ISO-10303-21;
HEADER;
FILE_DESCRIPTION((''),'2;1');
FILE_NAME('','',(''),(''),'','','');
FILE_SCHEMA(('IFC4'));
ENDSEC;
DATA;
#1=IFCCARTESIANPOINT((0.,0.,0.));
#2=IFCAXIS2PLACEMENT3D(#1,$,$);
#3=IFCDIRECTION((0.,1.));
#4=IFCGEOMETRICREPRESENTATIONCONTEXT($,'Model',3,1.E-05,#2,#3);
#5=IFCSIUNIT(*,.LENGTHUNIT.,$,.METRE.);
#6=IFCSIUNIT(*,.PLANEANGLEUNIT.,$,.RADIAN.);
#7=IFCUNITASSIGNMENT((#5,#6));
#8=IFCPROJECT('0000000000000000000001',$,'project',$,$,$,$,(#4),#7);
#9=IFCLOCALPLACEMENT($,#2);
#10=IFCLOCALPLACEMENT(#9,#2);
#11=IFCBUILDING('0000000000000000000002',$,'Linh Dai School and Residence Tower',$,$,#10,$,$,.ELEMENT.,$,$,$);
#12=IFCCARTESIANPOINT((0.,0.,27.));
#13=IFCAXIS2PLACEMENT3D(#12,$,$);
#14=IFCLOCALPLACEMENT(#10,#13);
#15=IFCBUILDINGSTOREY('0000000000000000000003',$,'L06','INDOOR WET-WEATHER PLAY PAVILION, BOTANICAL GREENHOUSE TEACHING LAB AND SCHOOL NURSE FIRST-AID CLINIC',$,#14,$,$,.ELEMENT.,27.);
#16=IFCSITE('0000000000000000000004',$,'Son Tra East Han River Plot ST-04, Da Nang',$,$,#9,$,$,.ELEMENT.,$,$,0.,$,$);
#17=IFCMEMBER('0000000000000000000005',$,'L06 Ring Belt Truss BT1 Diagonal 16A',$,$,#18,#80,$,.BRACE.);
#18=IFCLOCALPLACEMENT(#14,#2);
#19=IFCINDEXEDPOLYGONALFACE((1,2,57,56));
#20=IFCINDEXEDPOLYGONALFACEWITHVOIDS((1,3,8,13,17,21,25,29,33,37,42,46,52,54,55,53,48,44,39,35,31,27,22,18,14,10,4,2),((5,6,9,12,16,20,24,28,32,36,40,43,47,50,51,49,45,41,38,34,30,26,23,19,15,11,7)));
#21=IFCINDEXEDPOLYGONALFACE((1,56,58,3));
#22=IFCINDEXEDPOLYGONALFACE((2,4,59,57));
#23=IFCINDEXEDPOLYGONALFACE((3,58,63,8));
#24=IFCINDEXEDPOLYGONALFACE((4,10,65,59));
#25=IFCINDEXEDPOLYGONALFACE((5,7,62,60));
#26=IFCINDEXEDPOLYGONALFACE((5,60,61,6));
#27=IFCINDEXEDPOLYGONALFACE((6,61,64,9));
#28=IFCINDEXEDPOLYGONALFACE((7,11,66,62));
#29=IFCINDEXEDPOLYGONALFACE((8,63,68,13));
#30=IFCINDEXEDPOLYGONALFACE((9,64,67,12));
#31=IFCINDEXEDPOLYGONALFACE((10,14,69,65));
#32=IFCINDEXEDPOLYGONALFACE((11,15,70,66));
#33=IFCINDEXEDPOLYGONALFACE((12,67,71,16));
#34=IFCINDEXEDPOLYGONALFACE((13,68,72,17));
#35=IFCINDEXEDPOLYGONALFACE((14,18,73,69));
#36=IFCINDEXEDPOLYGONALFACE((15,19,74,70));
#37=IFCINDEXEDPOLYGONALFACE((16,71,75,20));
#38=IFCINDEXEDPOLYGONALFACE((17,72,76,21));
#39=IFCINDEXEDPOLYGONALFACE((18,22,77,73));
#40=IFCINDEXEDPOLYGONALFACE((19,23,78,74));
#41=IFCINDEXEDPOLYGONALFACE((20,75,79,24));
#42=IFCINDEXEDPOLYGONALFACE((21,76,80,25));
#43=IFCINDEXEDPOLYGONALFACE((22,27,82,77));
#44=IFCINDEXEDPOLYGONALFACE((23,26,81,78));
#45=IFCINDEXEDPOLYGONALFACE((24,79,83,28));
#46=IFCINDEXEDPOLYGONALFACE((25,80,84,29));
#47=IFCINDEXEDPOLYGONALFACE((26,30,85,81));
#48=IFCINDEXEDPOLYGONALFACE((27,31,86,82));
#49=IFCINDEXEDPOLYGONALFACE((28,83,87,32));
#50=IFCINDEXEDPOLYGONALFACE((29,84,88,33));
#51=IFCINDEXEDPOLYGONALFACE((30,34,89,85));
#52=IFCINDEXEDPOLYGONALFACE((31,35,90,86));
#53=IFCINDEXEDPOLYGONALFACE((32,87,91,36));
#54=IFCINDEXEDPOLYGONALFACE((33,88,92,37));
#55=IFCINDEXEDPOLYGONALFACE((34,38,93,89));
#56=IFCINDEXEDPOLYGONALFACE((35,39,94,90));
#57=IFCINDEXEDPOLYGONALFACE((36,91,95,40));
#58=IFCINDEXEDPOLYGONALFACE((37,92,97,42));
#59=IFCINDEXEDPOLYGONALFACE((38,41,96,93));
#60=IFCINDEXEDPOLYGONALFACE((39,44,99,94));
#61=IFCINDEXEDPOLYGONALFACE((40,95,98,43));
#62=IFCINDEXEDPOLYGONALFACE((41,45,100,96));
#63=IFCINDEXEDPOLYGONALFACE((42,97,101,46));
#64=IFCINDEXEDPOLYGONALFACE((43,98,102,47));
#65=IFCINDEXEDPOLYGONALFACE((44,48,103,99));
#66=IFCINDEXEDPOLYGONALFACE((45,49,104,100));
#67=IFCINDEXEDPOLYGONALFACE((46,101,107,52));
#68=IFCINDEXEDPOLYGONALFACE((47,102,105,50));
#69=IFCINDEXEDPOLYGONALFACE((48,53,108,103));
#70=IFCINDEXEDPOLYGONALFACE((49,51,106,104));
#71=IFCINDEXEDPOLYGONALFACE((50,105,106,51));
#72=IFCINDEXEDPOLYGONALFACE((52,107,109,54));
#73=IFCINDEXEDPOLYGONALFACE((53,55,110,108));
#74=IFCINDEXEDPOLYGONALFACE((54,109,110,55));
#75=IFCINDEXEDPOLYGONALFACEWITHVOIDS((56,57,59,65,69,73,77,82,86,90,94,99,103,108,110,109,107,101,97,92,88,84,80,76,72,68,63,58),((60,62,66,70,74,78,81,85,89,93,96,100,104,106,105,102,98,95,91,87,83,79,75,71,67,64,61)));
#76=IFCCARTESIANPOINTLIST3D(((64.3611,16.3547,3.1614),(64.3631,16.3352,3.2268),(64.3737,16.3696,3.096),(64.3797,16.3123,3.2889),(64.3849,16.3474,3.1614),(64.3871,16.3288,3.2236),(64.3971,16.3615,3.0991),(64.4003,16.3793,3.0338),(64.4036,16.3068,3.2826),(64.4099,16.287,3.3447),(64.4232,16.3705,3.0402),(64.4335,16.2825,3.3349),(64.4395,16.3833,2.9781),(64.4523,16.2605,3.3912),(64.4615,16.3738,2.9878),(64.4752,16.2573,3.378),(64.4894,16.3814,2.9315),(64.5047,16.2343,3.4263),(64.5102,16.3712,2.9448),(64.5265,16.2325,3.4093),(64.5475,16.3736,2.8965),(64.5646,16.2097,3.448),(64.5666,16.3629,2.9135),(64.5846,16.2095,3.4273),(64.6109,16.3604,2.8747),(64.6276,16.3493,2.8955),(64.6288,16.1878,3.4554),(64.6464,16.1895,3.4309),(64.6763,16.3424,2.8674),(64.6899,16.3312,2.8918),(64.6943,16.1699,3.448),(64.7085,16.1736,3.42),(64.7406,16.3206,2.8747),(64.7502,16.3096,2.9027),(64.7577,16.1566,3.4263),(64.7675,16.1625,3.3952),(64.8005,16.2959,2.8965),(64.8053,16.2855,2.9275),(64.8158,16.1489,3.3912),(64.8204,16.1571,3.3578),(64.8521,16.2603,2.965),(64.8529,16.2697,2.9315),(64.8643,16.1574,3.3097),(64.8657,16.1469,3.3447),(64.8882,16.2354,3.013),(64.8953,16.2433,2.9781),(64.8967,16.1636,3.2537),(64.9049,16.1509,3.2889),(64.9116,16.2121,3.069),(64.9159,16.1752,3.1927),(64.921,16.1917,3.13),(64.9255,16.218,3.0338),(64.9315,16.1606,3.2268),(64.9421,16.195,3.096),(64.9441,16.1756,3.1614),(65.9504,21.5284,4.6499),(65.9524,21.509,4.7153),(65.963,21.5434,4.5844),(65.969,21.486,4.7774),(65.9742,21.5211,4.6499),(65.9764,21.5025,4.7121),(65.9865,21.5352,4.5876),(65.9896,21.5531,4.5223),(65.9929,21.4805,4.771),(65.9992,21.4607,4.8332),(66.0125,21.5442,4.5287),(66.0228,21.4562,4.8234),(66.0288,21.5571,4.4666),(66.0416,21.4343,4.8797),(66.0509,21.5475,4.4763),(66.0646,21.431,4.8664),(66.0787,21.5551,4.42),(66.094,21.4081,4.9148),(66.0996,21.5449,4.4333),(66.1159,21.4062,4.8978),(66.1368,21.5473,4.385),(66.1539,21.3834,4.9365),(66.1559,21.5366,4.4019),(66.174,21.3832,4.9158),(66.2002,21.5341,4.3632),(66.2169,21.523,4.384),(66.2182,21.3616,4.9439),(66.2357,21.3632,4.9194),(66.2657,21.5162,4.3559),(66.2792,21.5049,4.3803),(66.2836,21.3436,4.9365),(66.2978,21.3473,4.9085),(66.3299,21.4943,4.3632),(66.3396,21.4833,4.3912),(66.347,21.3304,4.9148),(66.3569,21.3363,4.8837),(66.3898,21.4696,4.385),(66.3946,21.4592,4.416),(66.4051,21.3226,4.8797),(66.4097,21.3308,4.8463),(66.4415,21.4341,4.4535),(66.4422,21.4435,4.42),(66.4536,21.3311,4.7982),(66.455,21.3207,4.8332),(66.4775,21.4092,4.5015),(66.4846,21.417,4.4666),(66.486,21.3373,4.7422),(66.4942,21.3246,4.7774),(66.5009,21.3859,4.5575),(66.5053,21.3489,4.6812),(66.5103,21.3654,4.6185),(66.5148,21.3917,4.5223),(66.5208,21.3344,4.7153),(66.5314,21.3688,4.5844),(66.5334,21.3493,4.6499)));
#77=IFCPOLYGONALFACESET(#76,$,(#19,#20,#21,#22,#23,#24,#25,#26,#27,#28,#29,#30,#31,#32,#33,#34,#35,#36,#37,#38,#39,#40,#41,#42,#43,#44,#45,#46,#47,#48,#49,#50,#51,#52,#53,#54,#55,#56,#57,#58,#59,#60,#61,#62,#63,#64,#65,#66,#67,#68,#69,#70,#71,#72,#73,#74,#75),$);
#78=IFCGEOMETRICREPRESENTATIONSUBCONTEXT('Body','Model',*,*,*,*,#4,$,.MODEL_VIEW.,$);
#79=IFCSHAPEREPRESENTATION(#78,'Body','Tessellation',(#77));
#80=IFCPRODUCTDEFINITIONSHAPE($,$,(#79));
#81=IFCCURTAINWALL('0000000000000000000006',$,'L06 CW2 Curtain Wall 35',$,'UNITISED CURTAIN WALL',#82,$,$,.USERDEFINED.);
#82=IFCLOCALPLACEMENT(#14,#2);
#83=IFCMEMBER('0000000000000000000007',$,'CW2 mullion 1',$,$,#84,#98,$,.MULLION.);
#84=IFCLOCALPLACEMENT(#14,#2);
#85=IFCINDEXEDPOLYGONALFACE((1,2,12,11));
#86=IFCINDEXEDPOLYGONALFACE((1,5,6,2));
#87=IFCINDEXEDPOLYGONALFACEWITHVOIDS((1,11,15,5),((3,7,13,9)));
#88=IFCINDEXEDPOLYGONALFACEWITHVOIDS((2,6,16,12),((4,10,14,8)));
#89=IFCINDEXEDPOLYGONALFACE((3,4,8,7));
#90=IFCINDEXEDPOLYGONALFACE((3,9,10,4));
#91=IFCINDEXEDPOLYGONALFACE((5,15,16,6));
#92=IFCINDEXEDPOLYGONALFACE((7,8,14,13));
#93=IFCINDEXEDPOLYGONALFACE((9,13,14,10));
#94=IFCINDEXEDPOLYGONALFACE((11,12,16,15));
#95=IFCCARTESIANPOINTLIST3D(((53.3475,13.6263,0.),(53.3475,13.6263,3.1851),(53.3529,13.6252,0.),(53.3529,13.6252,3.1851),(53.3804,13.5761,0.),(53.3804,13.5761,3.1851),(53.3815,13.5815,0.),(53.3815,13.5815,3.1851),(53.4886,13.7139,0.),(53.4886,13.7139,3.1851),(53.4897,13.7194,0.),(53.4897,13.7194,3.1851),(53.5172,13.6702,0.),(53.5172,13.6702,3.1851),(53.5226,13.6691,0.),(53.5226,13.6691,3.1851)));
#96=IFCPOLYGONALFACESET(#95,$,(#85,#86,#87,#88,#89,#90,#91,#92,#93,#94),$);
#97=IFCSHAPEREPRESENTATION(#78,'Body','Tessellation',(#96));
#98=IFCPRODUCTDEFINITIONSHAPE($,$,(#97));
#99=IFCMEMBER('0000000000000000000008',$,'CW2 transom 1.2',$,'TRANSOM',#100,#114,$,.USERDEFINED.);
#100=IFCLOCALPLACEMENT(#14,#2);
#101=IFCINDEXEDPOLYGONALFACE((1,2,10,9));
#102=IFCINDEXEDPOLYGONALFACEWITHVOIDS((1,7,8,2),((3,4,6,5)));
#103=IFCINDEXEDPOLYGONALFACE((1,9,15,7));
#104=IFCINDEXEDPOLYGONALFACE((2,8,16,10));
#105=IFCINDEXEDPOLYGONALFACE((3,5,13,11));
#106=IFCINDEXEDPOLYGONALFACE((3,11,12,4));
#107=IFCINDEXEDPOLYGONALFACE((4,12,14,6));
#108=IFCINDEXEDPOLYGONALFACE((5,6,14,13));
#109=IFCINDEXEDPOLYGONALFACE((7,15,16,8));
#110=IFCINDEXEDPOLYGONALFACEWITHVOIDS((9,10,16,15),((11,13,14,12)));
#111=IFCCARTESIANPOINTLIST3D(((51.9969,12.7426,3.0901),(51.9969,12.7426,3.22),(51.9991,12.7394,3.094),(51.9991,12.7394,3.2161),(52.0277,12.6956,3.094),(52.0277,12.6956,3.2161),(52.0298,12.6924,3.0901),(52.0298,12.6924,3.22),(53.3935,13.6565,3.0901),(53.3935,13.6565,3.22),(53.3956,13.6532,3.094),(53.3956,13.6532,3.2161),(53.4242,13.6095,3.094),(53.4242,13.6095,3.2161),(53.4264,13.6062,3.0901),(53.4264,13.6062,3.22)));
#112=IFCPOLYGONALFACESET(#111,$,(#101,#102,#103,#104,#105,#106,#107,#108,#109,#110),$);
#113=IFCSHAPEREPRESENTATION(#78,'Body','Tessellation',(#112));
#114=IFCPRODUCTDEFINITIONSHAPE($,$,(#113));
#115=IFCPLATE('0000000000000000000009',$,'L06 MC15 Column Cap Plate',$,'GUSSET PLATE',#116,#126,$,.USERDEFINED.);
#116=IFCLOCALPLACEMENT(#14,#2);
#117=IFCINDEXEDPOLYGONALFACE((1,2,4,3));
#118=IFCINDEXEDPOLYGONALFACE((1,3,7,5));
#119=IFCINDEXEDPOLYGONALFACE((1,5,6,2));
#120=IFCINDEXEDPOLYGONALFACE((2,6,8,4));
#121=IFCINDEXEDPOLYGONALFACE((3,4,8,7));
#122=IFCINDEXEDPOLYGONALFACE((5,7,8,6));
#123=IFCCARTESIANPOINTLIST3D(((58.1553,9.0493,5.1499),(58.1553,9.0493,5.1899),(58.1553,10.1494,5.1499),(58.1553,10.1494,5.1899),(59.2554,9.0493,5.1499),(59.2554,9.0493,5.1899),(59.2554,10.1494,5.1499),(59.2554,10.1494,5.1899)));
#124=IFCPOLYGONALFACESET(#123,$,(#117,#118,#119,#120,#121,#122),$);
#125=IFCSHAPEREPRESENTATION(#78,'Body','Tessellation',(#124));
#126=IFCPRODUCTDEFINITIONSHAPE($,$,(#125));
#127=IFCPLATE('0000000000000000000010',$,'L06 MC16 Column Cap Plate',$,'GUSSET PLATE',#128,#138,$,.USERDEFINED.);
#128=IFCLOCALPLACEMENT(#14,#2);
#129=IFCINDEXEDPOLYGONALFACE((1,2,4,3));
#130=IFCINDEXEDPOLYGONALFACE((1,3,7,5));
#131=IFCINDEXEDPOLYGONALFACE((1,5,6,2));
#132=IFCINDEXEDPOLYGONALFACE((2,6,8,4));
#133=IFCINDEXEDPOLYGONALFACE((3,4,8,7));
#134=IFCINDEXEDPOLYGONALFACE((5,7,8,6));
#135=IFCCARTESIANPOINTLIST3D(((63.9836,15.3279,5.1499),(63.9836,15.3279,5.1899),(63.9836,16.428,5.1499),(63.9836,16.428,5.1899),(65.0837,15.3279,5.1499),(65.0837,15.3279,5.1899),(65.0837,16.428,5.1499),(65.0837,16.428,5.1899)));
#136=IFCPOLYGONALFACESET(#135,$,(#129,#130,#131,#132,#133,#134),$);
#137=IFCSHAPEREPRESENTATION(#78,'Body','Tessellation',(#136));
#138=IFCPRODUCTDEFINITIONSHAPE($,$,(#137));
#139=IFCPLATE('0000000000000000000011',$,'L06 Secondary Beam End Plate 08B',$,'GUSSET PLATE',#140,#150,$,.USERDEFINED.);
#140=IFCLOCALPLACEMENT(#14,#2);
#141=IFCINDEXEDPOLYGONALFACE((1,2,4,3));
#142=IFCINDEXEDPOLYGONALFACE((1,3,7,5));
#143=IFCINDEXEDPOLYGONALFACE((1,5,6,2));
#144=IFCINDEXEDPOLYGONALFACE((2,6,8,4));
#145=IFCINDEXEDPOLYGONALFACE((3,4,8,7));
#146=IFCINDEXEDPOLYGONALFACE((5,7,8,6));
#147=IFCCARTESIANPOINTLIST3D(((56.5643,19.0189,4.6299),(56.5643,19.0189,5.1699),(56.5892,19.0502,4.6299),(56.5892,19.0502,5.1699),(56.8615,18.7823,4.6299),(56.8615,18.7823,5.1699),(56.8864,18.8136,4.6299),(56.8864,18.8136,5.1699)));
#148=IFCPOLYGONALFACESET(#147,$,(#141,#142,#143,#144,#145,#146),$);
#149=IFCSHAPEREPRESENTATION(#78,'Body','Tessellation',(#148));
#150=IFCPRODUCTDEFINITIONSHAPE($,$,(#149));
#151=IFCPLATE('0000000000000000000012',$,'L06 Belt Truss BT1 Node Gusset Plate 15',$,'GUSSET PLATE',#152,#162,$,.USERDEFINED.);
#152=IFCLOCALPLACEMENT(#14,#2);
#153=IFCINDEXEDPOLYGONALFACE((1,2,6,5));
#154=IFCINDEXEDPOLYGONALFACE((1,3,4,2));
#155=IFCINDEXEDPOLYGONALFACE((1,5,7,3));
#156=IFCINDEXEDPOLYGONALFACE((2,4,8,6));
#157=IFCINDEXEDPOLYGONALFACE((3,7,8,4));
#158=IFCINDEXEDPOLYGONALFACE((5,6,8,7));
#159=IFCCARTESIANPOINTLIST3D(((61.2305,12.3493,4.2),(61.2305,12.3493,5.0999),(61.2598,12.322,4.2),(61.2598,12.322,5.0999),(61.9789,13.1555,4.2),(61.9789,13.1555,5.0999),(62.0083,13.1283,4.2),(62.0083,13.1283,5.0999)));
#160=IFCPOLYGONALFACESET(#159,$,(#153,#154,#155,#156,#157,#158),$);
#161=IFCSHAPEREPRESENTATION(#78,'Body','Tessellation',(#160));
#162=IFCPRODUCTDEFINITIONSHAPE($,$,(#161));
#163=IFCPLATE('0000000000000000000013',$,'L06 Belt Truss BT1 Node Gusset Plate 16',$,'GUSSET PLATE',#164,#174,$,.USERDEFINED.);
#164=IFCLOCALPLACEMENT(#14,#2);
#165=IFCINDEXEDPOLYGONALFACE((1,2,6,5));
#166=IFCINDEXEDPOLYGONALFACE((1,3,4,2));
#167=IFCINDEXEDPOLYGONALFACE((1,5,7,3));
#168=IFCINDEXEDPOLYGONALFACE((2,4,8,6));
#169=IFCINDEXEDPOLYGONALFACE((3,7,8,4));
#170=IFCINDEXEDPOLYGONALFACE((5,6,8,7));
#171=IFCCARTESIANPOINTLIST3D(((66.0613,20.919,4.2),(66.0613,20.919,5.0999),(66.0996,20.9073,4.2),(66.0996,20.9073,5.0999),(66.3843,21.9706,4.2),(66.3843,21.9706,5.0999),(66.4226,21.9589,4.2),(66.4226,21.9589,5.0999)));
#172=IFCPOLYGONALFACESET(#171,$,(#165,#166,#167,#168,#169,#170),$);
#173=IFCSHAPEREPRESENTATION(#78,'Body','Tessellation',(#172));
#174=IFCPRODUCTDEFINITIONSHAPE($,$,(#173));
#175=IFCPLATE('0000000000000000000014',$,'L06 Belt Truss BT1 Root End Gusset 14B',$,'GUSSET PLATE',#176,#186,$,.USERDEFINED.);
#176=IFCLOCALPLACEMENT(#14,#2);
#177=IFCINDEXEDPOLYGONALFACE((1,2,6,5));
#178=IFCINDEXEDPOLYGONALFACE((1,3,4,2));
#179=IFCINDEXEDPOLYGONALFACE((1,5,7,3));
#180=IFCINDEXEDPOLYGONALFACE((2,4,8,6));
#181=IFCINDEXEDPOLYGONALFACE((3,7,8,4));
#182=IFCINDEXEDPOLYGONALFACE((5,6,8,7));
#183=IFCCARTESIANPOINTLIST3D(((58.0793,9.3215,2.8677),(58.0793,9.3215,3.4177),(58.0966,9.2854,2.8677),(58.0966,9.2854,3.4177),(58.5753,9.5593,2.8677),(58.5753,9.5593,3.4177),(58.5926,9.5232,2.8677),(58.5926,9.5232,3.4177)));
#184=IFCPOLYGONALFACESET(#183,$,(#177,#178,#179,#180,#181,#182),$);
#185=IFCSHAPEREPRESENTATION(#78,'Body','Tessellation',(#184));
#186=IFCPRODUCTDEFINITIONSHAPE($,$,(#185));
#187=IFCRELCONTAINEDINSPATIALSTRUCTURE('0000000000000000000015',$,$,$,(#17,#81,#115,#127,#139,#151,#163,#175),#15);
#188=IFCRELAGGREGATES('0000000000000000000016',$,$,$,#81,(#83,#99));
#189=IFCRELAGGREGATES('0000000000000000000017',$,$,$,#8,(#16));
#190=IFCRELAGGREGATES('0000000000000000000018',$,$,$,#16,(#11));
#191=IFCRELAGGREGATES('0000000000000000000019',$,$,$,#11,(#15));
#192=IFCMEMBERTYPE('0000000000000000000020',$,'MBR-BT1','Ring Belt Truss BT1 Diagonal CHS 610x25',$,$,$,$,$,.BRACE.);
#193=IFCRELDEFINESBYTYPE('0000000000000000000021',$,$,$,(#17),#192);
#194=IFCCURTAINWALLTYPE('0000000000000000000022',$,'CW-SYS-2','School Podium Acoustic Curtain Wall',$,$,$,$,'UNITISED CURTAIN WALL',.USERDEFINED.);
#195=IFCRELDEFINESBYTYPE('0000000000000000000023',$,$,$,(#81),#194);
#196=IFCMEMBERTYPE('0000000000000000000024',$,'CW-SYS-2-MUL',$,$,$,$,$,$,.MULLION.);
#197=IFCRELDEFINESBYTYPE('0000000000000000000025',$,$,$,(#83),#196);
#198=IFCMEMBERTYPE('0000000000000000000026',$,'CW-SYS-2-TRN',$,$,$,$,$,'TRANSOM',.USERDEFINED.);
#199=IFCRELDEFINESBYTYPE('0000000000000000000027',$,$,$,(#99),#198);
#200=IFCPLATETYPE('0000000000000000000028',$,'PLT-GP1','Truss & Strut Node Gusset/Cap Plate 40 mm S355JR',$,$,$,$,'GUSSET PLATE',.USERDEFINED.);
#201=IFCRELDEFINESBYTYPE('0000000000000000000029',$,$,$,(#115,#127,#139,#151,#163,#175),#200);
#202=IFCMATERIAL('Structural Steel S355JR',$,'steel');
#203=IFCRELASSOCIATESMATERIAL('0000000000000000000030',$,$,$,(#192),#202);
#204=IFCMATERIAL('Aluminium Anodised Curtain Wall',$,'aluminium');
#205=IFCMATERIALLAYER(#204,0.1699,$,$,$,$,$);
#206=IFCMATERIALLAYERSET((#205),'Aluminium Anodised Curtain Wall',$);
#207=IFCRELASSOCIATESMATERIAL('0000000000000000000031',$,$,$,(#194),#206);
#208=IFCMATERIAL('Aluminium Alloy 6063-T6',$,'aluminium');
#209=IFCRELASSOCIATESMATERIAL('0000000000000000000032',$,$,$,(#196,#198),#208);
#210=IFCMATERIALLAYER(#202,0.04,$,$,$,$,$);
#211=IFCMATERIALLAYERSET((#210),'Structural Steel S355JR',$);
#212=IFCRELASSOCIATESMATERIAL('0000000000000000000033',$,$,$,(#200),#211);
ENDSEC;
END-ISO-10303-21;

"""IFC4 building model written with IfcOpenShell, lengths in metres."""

from ifc_helpers import new_model, si_unit, direction, frame, origin, origin_2d, place, context, subcontext, project, spatial, rectangle, hollow_rectangle, hollow_circle, extrude, source, transform, mapped, material, layer, layer_set, material_profile, profile_set, type_object, element, aggregate, save


model = new_model("IFC4")

# Units and contexts
model_context = context("Model", 3, precision=1e-05, world=origin(), true_north=direction((0.0, 1.0)))
body_context = subcontext(model_context, "Body", "Model", "MODEL_VIEW")
ifc_project = project(units=[si_unit("LENGTHUNIT", "METRE"), si_unit("PLANEANGLEUNIT", "RADIAN")], contexts=[model_context])

# Site, building, storey
site_placement = place(None, origin())
site = spatial("IfcSite", under=ifc_project, at=site_placement, Name="Son Tra East Han River Plot ST-04, Da Nang", CompositionType="ELEMENT", RefElevation=0.0)
building_placement = place(site_placement, origin())
building = spatial("IfcBuilding", under=site, at=building_placement, Name="Linh Dai School and Residence Tower", CompositionType="ELEMENT")
storey_placement = place(building_placement, frame((0.0, 0.0, 27.0)))
storey = spatial("IfcBuildingStorey", under=building, at=storey_placement, Name="L06", Description="INDOOR WET-WEATHER PLAY PAVILION, BOTANICAL GREENHOUSE TEACHING LAB AND SCHOOL NURSE FIRST-AID CLINIC", CompositionType="ELEMENT", Elevation=27.0)

# Shared definitions
ifc_material_1 = material(Name="Structural Steel S355JR", Category="steel")

# Member
ifc_material_profile_1 = material_profile(ifc_material_1, hollow_circle(Radius=0.3049, WallThickness=0.0249, at=origin_2d()), Name="CHS 610x25")
ifc_profile_set_1 = profile_set([ifc_material_profile_1], Name="Structural Steel S355JR")
member_type_1 = type_object("IfcMemberType", Name="MBR-BT1", Description="Ring Belt Truss BT1 Diagonal CHS 610x25", PredefinedType="BRACE", material=ifc_profile_set_1)
member_1_placement = place(storey_placement, frame((64.6526, 16.2651, 3.1614), z_axis=(0.283136, 0.921692, 0.265174), x_axis=(-0.955913, 0.293648, 0.0)))
element("IfcMember", 1, at=member_1_placement, inside=storey, type_object=member_type_1, Name="L06 Ring Belt Truss BT1 Diagonal 16A", PredefinedType="BRACE", context=body_context, shape_type="SweptSolid", body=[
    extrude(hollow_circle(Radius=0.3049, WallThickness=0.0249, at=origin_2d()), origin(), (0.0, 0.0, 1.0), 5.6133),
])

# Curtain wall, members
ifc_material_2 = material(Name="Aluminium Anodised Curtain Wall", Category="aluminium")
ifc_layer_1 = layer(ifc_material_2, 0.1699)
ifc_layer_set_1 = layer_set([ifc_layer_1], Name="Aluminium Anodised Curtain Wall")
curtain_wall_type = type_object("IfcCurtainWallType", Name="CW-SYS-2", Description="School Podium Acoustic Curtain Wall", ElementType="UNITISED CURTAIN WALL", PredefinedType="USERDEFINED", material=ifc_layer_set_1)
curtain_wall_placement = place(storey_placement, origin())
curtain_wall = element("IfcCurtainWall", 2, at=curtain_wall_placement, inside=storey, type_object=curtain_wall_type, Name="L06 CW2 Curtain Wall 35", ObjectType="UNITISED CURTAIN WALL", PredefinedType="USERDEFINED")
ifc_material_3 = material(Name="Aluminium Alloy 6063-T6", Category="aluminium")
ifc_material_profile_2 = material_profile(ifc_material_3, hollow_rectangle(XDim=0.0601, YDim=0.1699, WallThickness=0.0039, at=origin_2d()), Name="RHS 170x60x4")
ifc_profile_set_2 = profile_set([ifc_material_profile_2], Name="Aluminium Alloy 6063-T6")
member_type_2 = type_object("IfcMemberType", Name="CW-SYS-2-MUL", PredefinedType="MULLION", material=ifc_profile_set_2)
shared_shape_1 = source(origin(), body_context, "Body", "SweptSolid", [
    extrude(hollow_rectangle(XDim=0.0601, YDim=0.1699, WallThickness=0.0039, at=origin_2d()), origin(), (0.0, 0.0, 1.0), 3.1851),
])
member_2_placement = place(storey_placement, frame((53.4351, 13.6477, 0.0), z_axis=(0.0, 0.0, 1.0), x_axis=(0.54753, -0.836786, 0.0)))
member_2 = element("IfcMember", 3, at=member_2_placement, type_object=member_type_2, Name="CW2 mullion 1", PredefinedType="MULLION", context=body_context, shape_type="MappedRepresentation", body=[
    mapped(shared_shape_1, transform((0.0, 0.0, 0.0), x_axis=(1.0, 0.0, 0.0), y_axis=(0.0, 1.0, 0.0), z_axis=(0.0, 0.0, 1.0), scale=1.0)),
])
ifc_material_profile_3 = material_profile(ifc_material_3, hollow_rectangle(XDim=0.0601, YDim=0.1299, WallThickness=0.0039, at=origin_2d()), Name="RHS 130x60x4")
ifc_profile_set_3 = profile_set([ifc_material_profile_3], Name="Aluminium Alloy 6063-T6")
member_type_3 = type_object("IfcMemberType", Name="CW-SYS-2-TRN", ElementType="TRANSOM", PredefinedType="USERDEFINED", material=ifc_profile_set_3)
shared_shape_2 = source(origin(), body_context, "Body", "SweptSolid", [
    extrude(hollow_rectangle(XDim=0.0601, YDim=0.1299, WallThickness=0.0039, at=origin_2d()), origin(), (0.0, 0.0, 1.0), 1.6689),
])
member_3_placement = place(storey_placement, frame((53.4099, 13.6313, 3.155), z_axis=(-0.836769, -0.547557, 0.0), x_axis=(0.547557, -0.836769, 0.0)))
member_3 = element("IfcMember", 4, at=member_3_placement, type_object=member_type_3, Name="CW2 transom 1.2", ObjectType="TRANSOM", PredefinedType="USERDEFINED", context=body_context, shape_type="MappedRepresentation", body=[
    mapped(shared_shape_2, transform((0.0, 0.0, 0.0), x_axis=(1.0, 0.0, 0.0), y_axis=(0.0, 1.0, 0.0), z_axis=(0.0, 0.0, 1.0), scale=1.0)),
])
aggregate(curtain_wall, [member_2, member_3])

# Plates
ifc_layer_2 = layer(ifc_material_1, 0.04)
ifc_layer_set_2 = layer_set([ifc_layer_2], Name="Structural Steel S355JR")
plate_type = type_object("IfcPlateType", Name="PLT-GP1", Description="Truss & Strut Node Gusset/Cap Plate 40 mm S355JR", ElementType="GUSSET PLATE", PredefinedType="USERDEFINED", material=ifc_layer_set_2)
shared_shape_3 = source(origin(), body_context, "Body", "SweptSolid", [
    extrude(rectangle(XDim=1.1001, YDim=1.1001, at=origin_2d()), origin(), (0.0, 0.0, 1.0), 0.04),
])
for number, where, z_axis, x_axis, name in (
    (5, (58.7053, 9.5994, 5.1499), (0.0, 0.0, 1.0), (1.0, 0.0, 0.0), "L06 MC15 Column Cap Plate"),
    (6, (64.5337, 15.8779, 5.1499), (0.0, 0.0, 1.0), (1.0, 0.0, 0.0), "L06 MC16 Column Cap Plate"),
):
    element("IfcPlate", number, at=place(storey_placement, frame(where, z_axis=z_axis, x_axis=x_axis)), inside=storey, type_object=plate_type, Name=name, ObjectType="GUSSET PLATE", PredefinedType="USERDEFINED", context=body_context, shape_type="MappedRepresentation", body=[
        mapped(shared_shape_3, transform((0.0, 0.0, 0.0), x_axis=(1.0, 0.0, 0.0), y_axis=(0.0, 1.0, 0.0), z_axis=(0.0, 0.0, 1.0), scale=1.0)),
    ])
shared_shape_4 = source(origin(), body_context, "Body", "SweptSolid", [
    extrude(rectangle(XDim=0.04, YDim=0.3799, at=origin_2d()), origin(), (0.0, 0.0, 1.0), 0.54),
])
plate_placement = place(storey_placement, frame((56.7253, 18.9163, 4.6299), z_axis=(0.0, 0.0, 1.0), x_axis=(0.622933, 0.782276, 0.0)))
element("IfcPlate", 7, at=plate_placement, inside=storey, type_object=plate_type, Name="L06 Secondary Beam End Plate 08B", ObjectType="GUSSET PLATE", PredefinedType="USERDEFINED", context=body_context, shape_type="MappedRepresentation", body=[
    mapped(shared_shape_4, transform((0.0, 0.0, 0.0), x_axis=(1.0, 0.0, 0.0), y_axis=(0.0, 1.0, 0.0), z_axis=(0.0, 0.0, 1.0), scale=1.0)),
])
shared_shape_5 = source(origin(), body_context, "Body", "SweptSolid", [
    extrude(rectangle(XDim=1.1001, YDim=0.04, at=origin_2d()), origin(), (0.0, 0.0, 1.0), 0.8999),
])
for number, where, z_axis, x_axis, name in (
    (8, (61.6194, 12.7388, 4.2), (0.0, 0.0, 1.0), (0.680345, 0.732892, 0.0), "L06 Belt Truss BT1 Node Gusset Plate 15"),
    (9, (66.2419, 21.439, 4.2), (0.0, 0.0, 1.0), (0.293628, 0.95592, 0.0), "L06 Belt Truss BT1 Node Gusset Plate 16"),
):
    element("IfcPlate", number, at=place(storey_placement, frame(where, z_axis=z_axis, x_axis=x_axis)), inside=storey, type_object=plate_type, Name=name, ObjectType="GUSSET PLATE", PredefinedType="USERDEFINED", context=body_context, shape_type="MappedRepresentation", body=[
        mapped(shared_shape_5, transform((0.0, 0.0, 0.0), x_axis=(1.0, 0.0, 0.0), y_axis=(0.0, 1.0, 0.0), z_axis=(0.0, 0.0, 1.0), scale=1.0)),
    ])
shared_shape_6 = source(origin(), body_context, "Body", "SweptSolid", [
    extrude(rectangle(XDim=0.55, YDim=0.04, at=origin_2d()), origin(), (0.0, 0.0, 1.0), 0.55),
])
for number, where, z_axis, x_axis, name in (
    (10, (58.3359, 9.4224, 2.8677), (0.0, 0.0, 1.0), (0.901704, 0.432355, 0.0), "L06 Belt Truss BT1 Root End Gusset 14B"),
):
    element("IfcPlate", number, at=place(storey_placement, frame(where, z_axis=z_axis, x_axis=x_axis)), inside=storey, type_object=plate_type, Name=name, ObjectType="GUSSET PLATE", PredefinedType="USERDEFINED", context=body_context, shape_type="MappedRepresentation", body=[
        mapped(shared_shape_6, transform((0.0, 0.0, 0.0), x_axis=(1.0, 0.0, 0.0), y_axis=(0.0, 1.0, 0.0), z_axis=(0.0, 0.0, 1.0), scale=1.0)),
    ])

save(model, "model.ifc")
